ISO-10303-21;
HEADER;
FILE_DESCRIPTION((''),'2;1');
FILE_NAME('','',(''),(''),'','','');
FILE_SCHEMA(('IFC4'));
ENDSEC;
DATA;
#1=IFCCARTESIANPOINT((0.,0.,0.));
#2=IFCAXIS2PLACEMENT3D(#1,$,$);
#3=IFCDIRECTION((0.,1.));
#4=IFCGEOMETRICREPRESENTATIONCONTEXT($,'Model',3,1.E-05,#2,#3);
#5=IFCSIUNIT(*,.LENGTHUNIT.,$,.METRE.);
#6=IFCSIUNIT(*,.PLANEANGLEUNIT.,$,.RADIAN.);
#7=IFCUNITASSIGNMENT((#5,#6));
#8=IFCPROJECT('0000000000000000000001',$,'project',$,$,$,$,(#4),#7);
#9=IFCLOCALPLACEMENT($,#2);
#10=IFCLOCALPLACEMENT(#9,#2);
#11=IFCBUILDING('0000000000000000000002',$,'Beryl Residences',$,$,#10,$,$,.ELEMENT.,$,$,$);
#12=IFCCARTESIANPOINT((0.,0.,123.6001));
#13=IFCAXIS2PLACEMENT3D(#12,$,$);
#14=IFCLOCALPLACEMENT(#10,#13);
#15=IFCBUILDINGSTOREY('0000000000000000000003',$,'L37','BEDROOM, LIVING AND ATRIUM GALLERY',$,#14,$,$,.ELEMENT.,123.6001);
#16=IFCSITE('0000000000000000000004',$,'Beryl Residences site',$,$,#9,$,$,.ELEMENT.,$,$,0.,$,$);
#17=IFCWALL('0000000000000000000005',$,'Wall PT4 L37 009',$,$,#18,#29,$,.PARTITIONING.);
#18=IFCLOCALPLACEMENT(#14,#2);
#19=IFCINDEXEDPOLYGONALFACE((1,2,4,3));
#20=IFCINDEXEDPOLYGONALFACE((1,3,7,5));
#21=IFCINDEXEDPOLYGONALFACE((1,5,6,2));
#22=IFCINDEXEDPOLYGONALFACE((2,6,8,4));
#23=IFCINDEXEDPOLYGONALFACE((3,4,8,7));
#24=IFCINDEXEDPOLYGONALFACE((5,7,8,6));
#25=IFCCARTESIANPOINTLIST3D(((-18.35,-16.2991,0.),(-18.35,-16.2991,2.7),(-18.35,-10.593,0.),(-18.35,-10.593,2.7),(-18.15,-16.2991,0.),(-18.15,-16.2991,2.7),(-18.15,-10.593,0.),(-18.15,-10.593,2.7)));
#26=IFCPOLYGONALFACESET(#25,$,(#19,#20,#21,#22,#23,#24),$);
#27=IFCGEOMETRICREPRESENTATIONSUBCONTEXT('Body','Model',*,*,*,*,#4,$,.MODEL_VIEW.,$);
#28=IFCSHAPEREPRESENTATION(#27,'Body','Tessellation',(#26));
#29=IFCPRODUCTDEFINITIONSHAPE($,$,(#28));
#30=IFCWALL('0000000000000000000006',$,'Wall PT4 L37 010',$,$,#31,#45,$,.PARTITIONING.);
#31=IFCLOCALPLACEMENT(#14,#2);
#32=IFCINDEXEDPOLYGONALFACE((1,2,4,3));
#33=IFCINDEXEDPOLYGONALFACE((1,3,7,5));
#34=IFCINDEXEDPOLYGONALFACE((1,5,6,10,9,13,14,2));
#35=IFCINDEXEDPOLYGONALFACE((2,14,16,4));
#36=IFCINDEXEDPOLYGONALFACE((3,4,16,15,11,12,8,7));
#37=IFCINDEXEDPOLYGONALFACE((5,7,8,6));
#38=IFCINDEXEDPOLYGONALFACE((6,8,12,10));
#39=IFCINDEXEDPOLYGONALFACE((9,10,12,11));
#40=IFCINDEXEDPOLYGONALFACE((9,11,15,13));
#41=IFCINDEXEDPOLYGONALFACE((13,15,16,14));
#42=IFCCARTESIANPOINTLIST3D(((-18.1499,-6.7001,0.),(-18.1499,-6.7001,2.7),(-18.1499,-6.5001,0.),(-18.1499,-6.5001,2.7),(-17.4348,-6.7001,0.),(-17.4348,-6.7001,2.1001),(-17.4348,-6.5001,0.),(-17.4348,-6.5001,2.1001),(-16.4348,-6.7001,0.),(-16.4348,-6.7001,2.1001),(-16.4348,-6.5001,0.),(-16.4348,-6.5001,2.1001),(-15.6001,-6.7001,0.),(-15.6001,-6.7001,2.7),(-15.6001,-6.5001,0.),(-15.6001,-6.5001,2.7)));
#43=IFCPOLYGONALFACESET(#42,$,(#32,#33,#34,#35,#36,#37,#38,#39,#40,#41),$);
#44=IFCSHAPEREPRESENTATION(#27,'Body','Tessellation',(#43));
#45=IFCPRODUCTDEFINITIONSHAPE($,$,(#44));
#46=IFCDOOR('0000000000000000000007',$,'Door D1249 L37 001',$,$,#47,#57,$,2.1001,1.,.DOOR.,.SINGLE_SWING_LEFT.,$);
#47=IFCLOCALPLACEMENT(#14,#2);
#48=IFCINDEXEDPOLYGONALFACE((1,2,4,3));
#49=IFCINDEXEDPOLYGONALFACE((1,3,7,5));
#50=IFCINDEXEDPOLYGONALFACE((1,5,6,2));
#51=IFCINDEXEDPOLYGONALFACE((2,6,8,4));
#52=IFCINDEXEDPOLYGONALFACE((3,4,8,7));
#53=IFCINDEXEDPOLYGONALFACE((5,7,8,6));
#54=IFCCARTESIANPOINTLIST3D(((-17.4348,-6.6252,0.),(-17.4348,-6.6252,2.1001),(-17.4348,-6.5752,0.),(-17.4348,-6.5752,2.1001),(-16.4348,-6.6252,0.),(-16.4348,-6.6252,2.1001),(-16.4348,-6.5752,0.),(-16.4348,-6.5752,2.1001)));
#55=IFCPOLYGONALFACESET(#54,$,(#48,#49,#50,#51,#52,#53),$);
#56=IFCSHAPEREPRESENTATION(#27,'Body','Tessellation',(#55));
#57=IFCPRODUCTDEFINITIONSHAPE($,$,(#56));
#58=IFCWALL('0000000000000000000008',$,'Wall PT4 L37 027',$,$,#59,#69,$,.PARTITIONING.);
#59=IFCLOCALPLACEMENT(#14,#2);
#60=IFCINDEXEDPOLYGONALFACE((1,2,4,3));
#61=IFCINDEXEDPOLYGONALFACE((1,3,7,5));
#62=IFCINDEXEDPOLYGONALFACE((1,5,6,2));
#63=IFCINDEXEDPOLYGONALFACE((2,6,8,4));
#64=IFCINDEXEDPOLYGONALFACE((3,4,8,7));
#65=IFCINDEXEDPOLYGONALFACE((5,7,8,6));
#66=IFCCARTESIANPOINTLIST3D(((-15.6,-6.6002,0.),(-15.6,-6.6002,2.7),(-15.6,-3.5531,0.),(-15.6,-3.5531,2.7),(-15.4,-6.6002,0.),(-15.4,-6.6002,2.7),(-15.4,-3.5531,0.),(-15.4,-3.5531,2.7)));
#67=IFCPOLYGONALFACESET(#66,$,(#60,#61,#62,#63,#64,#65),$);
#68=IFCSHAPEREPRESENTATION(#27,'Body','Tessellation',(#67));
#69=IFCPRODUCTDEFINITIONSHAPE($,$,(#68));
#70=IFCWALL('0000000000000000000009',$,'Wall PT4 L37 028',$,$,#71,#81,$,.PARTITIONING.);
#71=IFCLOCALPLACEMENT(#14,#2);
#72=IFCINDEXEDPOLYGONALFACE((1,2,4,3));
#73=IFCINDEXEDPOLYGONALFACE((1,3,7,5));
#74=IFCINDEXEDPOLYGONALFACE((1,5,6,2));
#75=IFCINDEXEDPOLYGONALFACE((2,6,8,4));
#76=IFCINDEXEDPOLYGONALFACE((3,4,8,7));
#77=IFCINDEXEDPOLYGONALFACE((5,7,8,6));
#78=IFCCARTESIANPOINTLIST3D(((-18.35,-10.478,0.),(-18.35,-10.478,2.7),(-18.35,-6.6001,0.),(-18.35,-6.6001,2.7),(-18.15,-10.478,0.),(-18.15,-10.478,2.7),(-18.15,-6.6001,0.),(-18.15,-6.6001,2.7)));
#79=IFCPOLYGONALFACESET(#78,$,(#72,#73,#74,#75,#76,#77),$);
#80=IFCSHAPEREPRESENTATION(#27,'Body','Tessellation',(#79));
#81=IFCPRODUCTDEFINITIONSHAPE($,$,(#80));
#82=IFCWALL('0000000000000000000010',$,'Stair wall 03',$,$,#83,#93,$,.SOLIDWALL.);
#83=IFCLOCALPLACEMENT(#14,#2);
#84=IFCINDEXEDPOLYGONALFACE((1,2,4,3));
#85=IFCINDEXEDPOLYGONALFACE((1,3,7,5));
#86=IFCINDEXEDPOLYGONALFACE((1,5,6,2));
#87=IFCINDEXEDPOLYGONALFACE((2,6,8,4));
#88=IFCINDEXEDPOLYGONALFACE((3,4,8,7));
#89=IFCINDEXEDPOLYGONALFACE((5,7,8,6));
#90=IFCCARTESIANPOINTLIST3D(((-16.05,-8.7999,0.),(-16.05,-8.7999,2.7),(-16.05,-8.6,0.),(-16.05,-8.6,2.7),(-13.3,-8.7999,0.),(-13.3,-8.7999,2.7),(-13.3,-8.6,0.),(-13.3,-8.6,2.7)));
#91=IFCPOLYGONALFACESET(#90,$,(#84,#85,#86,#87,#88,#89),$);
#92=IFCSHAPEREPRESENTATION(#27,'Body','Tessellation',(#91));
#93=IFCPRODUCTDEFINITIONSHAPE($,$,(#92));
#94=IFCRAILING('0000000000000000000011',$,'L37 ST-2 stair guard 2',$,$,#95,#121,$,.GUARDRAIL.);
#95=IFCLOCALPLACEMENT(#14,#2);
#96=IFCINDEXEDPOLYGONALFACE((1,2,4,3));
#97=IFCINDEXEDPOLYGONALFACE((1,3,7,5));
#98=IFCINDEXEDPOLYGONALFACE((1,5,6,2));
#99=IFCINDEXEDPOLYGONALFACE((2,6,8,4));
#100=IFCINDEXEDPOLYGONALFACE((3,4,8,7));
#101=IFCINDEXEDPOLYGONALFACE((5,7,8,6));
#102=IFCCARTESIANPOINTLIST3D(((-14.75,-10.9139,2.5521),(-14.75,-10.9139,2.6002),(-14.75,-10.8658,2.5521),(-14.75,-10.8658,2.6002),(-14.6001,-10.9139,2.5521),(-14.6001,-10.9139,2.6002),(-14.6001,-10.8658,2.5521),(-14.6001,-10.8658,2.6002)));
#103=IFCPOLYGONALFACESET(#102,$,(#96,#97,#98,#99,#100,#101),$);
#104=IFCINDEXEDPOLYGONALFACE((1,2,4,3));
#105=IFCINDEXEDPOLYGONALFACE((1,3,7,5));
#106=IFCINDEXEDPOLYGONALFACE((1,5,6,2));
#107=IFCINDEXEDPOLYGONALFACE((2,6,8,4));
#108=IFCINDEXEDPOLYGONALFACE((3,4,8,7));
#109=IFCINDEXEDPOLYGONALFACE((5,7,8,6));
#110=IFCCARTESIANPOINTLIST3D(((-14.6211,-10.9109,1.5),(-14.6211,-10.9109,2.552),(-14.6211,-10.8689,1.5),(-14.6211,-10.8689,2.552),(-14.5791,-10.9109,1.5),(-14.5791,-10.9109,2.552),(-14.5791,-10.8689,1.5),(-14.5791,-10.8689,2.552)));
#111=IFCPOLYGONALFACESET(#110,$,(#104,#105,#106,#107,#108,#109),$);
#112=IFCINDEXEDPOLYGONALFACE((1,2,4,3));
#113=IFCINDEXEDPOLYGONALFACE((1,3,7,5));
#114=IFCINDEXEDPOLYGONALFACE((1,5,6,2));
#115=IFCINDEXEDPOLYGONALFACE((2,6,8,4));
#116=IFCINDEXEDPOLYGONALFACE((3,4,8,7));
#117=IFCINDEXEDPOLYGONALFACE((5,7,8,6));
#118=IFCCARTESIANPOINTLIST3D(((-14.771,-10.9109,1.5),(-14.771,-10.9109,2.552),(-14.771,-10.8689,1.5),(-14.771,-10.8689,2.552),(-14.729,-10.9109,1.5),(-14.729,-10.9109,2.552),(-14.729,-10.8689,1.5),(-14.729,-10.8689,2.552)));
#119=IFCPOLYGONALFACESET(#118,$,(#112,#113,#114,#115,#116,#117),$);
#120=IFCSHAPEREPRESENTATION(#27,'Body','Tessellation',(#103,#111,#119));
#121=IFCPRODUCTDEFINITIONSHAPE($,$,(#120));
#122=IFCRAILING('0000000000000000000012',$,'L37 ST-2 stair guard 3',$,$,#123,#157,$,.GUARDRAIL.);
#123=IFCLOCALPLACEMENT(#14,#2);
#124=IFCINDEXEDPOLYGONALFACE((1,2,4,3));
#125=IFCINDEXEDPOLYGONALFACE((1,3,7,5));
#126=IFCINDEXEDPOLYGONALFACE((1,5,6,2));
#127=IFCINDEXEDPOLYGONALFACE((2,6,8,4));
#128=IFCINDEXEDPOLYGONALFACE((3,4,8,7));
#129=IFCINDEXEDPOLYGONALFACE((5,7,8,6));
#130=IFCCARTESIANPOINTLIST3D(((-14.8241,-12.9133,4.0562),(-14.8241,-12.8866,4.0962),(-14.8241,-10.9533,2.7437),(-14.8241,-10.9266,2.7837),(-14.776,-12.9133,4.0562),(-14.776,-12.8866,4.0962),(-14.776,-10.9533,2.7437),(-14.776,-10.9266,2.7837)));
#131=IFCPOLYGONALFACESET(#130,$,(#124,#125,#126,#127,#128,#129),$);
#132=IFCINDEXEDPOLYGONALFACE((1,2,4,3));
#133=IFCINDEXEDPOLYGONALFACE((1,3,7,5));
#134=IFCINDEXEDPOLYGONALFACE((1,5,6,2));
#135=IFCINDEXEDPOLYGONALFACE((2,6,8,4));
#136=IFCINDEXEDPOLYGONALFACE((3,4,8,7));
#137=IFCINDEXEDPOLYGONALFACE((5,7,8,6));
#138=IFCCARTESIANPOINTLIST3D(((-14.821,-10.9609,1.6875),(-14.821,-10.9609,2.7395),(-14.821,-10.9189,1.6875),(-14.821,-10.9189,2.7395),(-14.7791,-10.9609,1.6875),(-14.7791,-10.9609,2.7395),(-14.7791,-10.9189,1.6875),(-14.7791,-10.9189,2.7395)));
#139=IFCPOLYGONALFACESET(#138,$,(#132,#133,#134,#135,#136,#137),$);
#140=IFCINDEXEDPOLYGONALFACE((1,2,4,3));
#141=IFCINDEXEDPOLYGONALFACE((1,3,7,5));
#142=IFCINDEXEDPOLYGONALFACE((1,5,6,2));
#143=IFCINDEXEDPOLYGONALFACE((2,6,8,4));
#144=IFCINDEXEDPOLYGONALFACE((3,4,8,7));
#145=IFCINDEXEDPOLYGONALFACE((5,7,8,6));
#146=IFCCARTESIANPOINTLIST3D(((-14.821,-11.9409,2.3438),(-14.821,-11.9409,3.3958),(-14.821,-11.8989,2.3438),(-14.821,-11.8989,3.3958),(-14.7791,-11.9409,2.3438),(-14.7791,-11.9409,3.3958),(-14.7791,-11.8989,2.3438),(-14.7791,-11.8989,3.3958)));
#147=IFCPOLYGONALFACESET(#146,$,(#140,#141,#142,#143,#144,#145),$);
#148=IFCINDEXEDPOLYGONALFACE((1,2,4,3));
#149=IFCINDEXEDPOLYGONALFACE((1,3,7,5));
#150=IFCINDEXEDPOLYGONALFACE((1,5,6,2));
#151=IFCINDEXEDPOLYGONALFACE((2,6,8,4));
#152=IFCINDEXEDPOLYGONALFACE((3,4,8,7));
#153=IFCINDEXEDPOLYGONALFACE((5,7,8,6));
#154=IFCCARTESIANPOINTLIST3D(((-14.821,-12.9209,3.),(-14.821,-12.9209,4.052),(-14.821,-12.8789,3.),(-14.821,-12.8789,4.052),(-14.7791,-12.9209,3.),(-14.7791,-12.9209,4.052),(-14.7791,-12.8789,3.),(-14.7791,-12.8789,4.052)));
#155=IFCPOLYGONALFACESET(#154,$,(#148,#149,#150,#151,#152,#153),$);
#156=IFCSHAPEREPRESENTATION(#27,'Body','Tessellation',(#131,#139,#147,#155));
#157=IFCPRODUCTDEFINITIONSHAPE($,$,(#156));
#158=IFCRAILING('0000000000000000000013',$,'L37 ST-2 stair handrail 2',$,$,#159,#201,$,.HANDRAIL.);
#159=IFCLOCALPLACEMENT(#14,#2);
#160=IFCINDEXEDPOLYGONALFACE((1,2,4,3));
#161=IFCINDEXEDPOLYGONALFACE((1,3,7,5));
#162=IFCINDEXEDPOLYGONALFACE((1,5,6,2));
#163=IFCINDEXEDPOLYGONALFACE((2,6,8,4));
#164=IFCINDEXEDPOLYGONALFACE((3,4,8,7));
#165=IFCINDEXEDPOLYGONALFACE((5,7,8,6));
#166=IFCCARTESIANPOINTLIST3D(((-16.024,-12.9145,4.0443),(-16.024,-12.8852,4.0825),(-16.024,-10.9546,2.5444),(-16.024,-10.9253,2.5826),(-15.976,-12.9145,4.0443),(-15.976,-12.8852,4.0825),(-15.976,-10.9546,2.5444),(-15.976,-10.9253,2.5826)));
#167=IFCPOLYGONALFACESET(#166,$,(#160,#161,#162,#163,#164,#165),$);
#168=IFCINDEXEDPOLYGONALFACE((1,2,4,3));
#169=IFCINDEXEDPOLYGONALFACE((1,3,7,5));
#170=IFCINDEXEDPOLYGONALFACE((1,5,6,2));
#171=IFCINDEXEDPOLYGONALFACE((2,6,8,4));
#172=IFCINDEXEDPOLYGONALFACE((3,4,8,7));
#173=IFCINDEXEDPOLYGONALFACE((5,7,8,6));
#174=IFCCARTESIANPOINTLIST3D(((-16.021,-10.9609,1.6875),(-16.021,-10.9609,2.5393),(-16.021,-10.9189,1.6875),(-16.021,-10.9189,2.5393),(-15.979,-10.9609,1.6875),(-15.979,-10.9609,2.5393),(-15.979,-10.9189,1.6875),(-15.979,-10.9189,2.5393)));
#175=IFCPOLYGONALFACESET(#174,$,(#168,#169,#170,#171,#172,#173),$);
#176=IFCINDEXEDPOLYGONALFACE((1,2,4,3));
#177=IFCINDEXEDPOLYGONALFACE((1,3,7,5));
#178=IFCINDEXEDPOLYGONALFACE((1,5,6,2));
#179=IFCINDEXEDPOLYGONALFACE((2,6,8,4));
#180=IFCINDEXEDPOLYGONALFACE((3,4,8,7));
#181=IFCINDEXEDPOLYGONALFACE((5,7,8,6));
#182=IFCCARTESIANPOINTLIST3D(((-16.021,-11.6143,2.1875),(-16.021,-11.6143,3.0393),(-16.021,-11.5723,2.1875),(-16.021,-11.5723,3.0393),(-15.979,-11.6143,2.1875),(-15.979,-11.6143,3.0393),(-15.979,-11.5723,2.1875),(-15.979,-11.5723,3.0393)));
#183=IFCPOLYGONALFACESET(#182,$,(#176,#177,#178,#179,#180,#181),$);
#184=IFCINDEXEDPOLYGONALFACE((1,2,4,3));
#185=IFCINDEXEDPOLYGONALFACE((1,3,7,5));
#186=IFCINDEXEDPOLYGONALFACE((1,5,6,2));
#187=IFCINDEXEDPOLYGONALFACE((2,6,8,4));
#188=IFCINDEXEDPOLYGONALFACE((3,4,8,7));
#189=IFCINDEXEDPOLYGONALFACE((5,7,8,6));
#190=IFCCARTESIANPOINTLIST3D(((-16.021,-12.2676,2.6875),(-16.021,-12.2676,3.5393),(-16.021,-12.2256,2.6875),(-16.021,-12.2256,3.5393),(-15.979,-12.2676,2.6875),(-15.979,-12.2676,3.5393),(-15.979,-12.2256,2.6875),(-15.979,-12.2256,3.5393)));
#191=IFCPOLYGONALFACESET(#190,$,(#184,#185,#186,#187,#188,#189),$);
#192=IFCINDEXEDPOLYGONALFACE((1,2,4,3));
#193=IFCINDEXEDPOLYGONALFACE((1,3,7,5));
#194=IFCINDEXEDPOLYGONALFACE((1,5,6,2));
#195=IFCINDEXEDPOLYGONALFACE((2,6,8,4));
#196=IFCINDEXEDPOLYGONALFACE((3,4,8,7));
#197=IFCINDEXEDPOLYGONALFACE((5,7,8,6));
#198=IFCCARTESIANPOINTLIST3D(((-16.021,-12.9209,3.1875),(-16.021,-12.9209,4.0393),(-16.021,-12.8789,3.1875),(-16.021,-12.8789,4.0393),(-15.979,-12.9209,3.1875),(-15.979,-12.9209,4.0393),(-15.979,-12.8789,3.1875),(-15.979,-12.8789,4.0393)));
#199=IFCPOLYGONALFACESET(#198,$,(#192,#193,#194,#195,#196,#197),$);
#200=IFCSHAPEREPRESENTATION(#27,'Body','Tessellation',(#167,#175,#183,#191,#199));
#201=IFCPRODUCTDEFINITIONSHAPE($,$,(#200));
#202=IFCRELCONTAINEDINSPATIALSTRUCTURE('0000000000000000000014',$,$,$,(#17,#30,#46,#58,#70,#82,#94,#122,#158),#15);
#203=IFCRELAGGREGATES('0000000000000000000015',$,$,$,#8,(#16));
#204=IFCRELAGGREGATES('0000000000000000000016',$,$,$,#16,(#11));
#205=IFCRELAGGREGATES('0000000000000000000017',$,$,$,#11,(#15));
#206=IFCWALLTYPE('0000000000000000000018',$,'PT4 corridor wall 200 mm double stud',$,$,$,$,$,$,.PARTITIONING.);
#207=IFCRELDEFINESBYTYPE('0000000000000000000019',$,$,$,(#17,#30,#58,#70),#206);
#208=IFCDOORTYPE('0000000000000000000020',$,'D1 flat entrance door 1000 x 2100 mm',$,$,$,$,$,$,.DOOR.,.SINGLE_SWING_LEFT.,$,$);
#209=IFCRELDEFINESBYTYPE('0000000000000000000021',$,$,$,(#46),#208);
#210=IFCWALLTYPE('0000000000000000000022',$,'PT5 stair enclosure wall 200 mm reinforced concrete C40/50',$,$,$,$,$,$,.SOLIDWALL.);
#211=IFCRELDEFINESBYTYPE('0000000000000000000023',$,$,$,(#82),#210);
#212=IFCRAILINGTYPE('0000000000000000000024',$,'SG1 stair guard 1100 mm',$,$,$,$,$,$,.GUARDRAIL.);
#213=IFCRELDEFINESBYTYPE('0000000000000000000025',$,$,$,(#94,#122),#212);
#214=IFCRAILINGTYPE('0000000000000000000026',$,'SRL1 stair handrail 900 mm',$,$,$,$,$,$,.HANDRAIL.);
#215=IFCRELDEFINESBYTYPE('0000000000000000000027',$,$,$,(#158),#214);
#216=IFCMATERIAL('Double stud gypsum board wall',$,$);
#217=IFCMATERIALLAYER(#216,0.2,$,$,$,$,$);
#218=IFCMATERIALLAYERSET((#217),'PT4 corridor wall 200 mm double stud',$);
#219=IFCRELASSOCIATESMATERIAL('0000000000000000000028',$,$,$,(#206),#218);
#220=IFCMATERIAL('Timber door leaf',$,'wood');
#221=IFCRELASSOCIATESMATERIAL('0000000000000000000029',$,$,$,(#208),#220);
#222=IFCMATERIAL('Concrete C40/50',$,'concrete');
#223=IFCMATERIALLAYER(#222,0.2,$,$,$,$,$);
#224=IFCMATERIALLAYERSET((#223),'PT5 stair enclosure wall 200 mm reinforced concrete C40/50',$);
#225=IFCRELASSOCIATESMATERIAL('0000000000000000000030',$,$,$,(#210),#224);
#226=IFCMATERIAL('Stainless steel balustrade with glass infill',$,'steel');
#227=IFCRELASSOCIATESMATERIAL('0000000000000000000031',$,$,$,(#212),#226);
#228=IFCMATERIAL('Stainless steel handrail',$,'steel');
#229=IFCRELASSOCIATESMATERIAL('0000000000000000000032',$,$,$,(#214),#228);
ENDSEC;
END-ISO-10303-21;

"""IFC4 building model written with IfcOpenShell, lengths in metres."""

from ifc_helpers import new_model, si_unit, direction, frame, frame_2d, origin, origin_2d, place, context, subcontext, project, spatial, rectangle, extrude, material, layer, layer_set, type_object, element, fill, save


model = new_model("IFC4")

# Units and contexts
model_context = context("Model", 3, precision=1e-05, world=origin(), true_north=direction((0.0, 1.0)))
body_context = subcontext(model_context, "Body", "Model", "MODEL_VIEW")
ifc_project = project(units=[si_unit("LENGTHUNIT", "METRE"), si_unit("PLANEANGLEUNIT", "RADIAN")], contexts=[model_context])

# Site, building, storey
site_placement = place(None, origin())
site = spatial("IfcSite", under=ifc_project, at=site_placement, Name="Beryl Residences site", CompositionType="ELEMENT", RefElevation=0.0)
building_placement = place(site_placement, origin())
building = spatial("IfcBuilding", under=site, at=building_placement, Name="Beryl Residences", CompositionType="ELEMENT")
storey_placement = place(building_placement, frame((0.0, 0.0, 123.6001)))
storey = spatial("IfcBuildingStorey", under=building, at=storey_placement, Name="L37", Description="BEDROOM, LIVING AND ATRIUM GALLERY", CompositionType="ELEMENT", Elevation=123.6001)

# Wall
ifc_material_1 = material(Name="Double stud gypsum board wall")
ifc_layer_1 = layer(ifc_material_1, 0.2)
ifc_layer_set_1 = layer_set([ifc_layer_1], Name="PT4 corridor wall 200 mm double stud")
wall_type_1 = type_object("IfcWallType", Name="PT4 corridor wall 200 mm double stud", PredefinedType="PARTITIONING", material=ifc_layer_set_1)
wall_1_placement = place(storey_placement, frame((-18.25, -10.593, 0.0), z_axis=(0.0, 0.0, 1.0), x_axis=(0.0, -1.0, 0.0)))
element("IfcWall", 1, at=wall_1_placement, inside=storey, type_object=wall_type_1, Name="Wall PT4 L37 009", PredefinedType="PARTITIONING", context=body_context, shape_type="SweptSolid", body=[
    extrude(rectangle(XDim=5.7061, YDim=0.2, at=frame_2d((2.853, 0.0))), origin(), (0.0, 0.0, 1.0), 2.7),
])

# Wall, opening, door
wall_2_placement = place(storey_placement, frame((-18.1499, -6.6001, 0.0), z_axis=(0.0, 0.0, 1.0), x_axis=(1.0, 0.0, 0.0)))
wall_2 = element("IfcWall", 2, at=wall_2_placement, inside=storey, type_object=wall_type_1, Name="Wall PT4 L37 010", PredefinedType="PARTITIONING", context=body_context, shape_type="SweptSolid", body=[
    extrude(rectangle(XDim=2.5498, YDim=0.2, at=frame_2d((1.2749, 0.0))), origin(), (0.0, 0.0, 1.0), 2.7),
])
opening_1_placement = place(wall_2_placement, frame((0.7151, 0.0, 0.0)))
opening_1 = element("IfcOpeningElement", 3, at=opening_1_placement, cuts=wall_2, PredefinedType="OPENING", context=body_context, shape_type="SweptSolid", body=[
    extrude(rectangle(XDim=1.0, YDim=2.1001, at=frame_2d((0.5, 1.05))), frame((0.0, 0.1099, 0.0), z_axis=(0.0, -1.0, 0.0), x_axis=(1.0, 0.0, 0.0)), (0.0, 0.0, 1.0), 0.22),
])
ifc_material_2 = material(Name="Timber door leaf", Category="wood")
door_type_1 = type_object("IfcDoorType", Name="D1 flat entrance door 1000 x 2100 mm", OperationType="SINGLE_SWING_LEFT", PredefinedType="DOOR", material=ifc_material_2)
door_1_placement = place(opening_1_placement, origin())
door_1 = element("IfcDoor", 4, at=door_1_placement, inside=storey, type_object=door_type_1, Name="Door D1249 L37 001", OperationType="SINGLE_SWING_LEFT", OverallHeight=2.1001, OverallWidth=1.0, PredefinedType="DOOR", context=body_context, shape_type="SweptSolid", body=[
    extrude(rectangle(XDim=1.0, YDim=2.1001, at=frame_2d((0.5, 1.05))), frame((0.0, 0.0249, 0.0), z_axis=(0.0, -1.0, 0.0), x_axis=(1.0, 0.0, 0.0)), (0.0, 0.0, 1.0), 0.05),
])
fill(opening_1, door_1)

# Walls
wall_3_placement = place(storey_placement, frame((-15.5, -6.6001, 0.0), z_axis=(0.0, 0.0, 1.0), x_axis=(0.0, 1.0, 0.0)))
element("IfcWall", 5, at=wall_3_placement, inside=storey, type_object=wall_type_1, Name="Wall PT4 L37 027", PredefinedType="PARTITIONING", context=body_context, shape_type="SweptSolid", body=[
    extrude(rectangle(XDim=3.0471, YDim=0.2, at=frame_2d((1.5234, 0.0))), origin(), (0.0, 0.0, 1.0), 2.7),
])
wall_4_placement = place(storey_placement, frame((-18.25, -10.478, 0.0), z_axis=(0.0, 0.0, 1.0), x_axis=(0.0, 1.0, 0.0)))
element("IfcWall", 6, at=wall_4_placement, inside=storey, type_object=wall_type_1, Name="Wall PT4 L37 028", PredefinedType="PARTITIONING", context=body_context, shape_type="SweptSolid", body=[
    extrude(rectangle(XDim=3.8779, YDim=0.2, at=frame_2d((1.939, 0.0))), origin(), (0.0, 0.0, 1.0), 2.7),
])
ifc_material_3 = material(Name="Concrete C40/50", Category="concrete")
ifc_layer_2 = layer(ifc_material_3, 0.2)
ifc_layer_set_2 = layer_set([ifc_layer_2], Name="PT5 stair enclosure wall 200 mm reinforced concrete C40/50")
wall_type_2 = type_object("IfcWallType", Name="PT5 stair enclosure wall 200 mm reinforced concrete C40/50", PredefinedType="SOLIDWALL", material=ifc_layer_set_2)
wall_5_placement = place(storey_placement, frame((-16.05, -8.7, 0.0), z_axis=(0.0, 0.0, 1.0), x_axis=(1.0, 0.0, 0.0)))
element("IfcWall", 7, at=wall_5_placement, inside=storey, type_object=wall_type_2, Name="Stair wall 03", PredefinedType="SOLIDWALL", context=body_context, shape_type="SweptSolid", body=[
    extrude(rectangle(XDim=2.75, YDim=0.2, at=frame_2d((1.375, 0.0))), origin(), (0.0, 0.0, 1.0), 2.7),
])

# Railings
ifc_material_4 = material(Name="Stainless steel balustrade with glass infill", Category="steel")
railing_type_1 = type_object("IfcRailingType", Name="SG1 stair guard 1100 mm", PredefinedType="GUARDRAIL", material=ifc_material_4)
railing_1_placement = place(storey_placement, frame((-14.6001, -10.8899, 1.5)))
element("IfcRailing", 8, at=railing_1_placement, inside=storey, type_object=railing_type_1, Name="L37 ST-2 stair guard 2", PredefinedType="GUARDRAIL", context=body_context, shape_type="SweptSolid", body=[
    extrude(rectangle(XDim=0.0481, YDim=0.0481, at=origin_2d()), frame((0.0, 0.0, 1.0762), z_axis=(-1.0, 0.0, 0.0), x_axis=(0.0, -1.0, 0.0)), (0.0, 0.0, 1.0), 0.1499),
    extrude(rectangle(XDim=0.042, YDim=0.042, at=origin_2d()), origin(), (0.0, 0.0, 1.0), 1.052),
    extrude(rectangle(XDim=0.042, YDim=0.042, at=origin_2d()), frame((-0.1499, 0.0, 0.0)), (0.0, 0.0, 1.0), 1.052),
])
railing_2_placement = place(storey_placement, frame((-14.8, -10.9399, 1.6875)))
element("IfcRailing", 9, at=railing_2_placement, inside=storey, type_object=railing_type_1, Name="L37 ST-2 stair guard 3", PredefinedType="GUARDRAIL", context=body_context, shape_type="SweptSolid", body=[
    extrude(rectangle(XDim=0.0481, YDim=0.0481, at=origin_2d()), frame((0.0, 0.0, 1.0762), z_axis=(0.0, -0.830902, 0.556419), x_axis=(1.0, 0.0, 0.0)), (0.0, 0.0, 1.0), 2.3589),
    extrude(rectangle(XDim=0.042, YDim=0.042, at=origin_2d()), origin(), (0.0, 0.0, 1.0), 1.052),
    extrude(rectangle(XDim=0.042, YDim=0.042, at=origin_2d()), frame((0.0, -0.98, 0.6562)), (0.0, 0.0, 1.0), 1.052),
    extrude(rectangle(XDim=0.042, YDim=0.042, at=origin_2d()), frame((0.0, -1.96, 1.3125)), (0.0, 0.0, 1.0), 1.052),
])
ifc_material_5 = material(Name="Stainless steel handrail", Category="steel")
railing_type_2 = type_object("IfcRailingType", Name="SRL1 stair handrail 900 mm", PredefinedType="HANDRAIL", material=ifc_material_5)
railing_3_placement = place(storey_placement, frame((-16.0, -10.9399, 1.6875)))
element("IfcRailing", 10, at=railing_3_placement, inside=storey, type_object=railing_type_2, Name="L37 ST-2 stair handrail 2", PredefinedType="HANDRAIL", context=body_context, shape_type="SweptSolid", body=[
    extrude(rectangle(XDim=0.0481, YDim=0.0481, at=origin_2d()), frame((0.0, 0.0, 0.876), z_axis=(0.0, -0.794122, 0.607758), x_axis=(1.0, 0.0, 0.0)), (0.0, 0.0, 1.0), 2.468),
    extrude(rectangle(XDim=0.042, YDim=0.042, at=origin_2d()), origin(), (0.0, 0.0, 1.0), 0.8518),
    extrude(rectangle(XDim=0.042, YDim=0.042, at=origin_2d()), frame((0.0, -0.6533, 0.5)), (0.0, 0.0, 1.0), 0.8518),
    extrude(rectangle(XDim=0.042, YDim=0.042, at=origin_2d()), frame((0.0, -1.3066, 1.0)), (0.0, 0.0, 1.0), 0.8518),
    extrude(rectangle(XDim=0.042, YDim=0.042, at=origin_2d()), frame((0.0, -1.96, 1.5)), (0.0, 0.0, 1.0), 0.8518),
])

save(model, "model.ifc")
